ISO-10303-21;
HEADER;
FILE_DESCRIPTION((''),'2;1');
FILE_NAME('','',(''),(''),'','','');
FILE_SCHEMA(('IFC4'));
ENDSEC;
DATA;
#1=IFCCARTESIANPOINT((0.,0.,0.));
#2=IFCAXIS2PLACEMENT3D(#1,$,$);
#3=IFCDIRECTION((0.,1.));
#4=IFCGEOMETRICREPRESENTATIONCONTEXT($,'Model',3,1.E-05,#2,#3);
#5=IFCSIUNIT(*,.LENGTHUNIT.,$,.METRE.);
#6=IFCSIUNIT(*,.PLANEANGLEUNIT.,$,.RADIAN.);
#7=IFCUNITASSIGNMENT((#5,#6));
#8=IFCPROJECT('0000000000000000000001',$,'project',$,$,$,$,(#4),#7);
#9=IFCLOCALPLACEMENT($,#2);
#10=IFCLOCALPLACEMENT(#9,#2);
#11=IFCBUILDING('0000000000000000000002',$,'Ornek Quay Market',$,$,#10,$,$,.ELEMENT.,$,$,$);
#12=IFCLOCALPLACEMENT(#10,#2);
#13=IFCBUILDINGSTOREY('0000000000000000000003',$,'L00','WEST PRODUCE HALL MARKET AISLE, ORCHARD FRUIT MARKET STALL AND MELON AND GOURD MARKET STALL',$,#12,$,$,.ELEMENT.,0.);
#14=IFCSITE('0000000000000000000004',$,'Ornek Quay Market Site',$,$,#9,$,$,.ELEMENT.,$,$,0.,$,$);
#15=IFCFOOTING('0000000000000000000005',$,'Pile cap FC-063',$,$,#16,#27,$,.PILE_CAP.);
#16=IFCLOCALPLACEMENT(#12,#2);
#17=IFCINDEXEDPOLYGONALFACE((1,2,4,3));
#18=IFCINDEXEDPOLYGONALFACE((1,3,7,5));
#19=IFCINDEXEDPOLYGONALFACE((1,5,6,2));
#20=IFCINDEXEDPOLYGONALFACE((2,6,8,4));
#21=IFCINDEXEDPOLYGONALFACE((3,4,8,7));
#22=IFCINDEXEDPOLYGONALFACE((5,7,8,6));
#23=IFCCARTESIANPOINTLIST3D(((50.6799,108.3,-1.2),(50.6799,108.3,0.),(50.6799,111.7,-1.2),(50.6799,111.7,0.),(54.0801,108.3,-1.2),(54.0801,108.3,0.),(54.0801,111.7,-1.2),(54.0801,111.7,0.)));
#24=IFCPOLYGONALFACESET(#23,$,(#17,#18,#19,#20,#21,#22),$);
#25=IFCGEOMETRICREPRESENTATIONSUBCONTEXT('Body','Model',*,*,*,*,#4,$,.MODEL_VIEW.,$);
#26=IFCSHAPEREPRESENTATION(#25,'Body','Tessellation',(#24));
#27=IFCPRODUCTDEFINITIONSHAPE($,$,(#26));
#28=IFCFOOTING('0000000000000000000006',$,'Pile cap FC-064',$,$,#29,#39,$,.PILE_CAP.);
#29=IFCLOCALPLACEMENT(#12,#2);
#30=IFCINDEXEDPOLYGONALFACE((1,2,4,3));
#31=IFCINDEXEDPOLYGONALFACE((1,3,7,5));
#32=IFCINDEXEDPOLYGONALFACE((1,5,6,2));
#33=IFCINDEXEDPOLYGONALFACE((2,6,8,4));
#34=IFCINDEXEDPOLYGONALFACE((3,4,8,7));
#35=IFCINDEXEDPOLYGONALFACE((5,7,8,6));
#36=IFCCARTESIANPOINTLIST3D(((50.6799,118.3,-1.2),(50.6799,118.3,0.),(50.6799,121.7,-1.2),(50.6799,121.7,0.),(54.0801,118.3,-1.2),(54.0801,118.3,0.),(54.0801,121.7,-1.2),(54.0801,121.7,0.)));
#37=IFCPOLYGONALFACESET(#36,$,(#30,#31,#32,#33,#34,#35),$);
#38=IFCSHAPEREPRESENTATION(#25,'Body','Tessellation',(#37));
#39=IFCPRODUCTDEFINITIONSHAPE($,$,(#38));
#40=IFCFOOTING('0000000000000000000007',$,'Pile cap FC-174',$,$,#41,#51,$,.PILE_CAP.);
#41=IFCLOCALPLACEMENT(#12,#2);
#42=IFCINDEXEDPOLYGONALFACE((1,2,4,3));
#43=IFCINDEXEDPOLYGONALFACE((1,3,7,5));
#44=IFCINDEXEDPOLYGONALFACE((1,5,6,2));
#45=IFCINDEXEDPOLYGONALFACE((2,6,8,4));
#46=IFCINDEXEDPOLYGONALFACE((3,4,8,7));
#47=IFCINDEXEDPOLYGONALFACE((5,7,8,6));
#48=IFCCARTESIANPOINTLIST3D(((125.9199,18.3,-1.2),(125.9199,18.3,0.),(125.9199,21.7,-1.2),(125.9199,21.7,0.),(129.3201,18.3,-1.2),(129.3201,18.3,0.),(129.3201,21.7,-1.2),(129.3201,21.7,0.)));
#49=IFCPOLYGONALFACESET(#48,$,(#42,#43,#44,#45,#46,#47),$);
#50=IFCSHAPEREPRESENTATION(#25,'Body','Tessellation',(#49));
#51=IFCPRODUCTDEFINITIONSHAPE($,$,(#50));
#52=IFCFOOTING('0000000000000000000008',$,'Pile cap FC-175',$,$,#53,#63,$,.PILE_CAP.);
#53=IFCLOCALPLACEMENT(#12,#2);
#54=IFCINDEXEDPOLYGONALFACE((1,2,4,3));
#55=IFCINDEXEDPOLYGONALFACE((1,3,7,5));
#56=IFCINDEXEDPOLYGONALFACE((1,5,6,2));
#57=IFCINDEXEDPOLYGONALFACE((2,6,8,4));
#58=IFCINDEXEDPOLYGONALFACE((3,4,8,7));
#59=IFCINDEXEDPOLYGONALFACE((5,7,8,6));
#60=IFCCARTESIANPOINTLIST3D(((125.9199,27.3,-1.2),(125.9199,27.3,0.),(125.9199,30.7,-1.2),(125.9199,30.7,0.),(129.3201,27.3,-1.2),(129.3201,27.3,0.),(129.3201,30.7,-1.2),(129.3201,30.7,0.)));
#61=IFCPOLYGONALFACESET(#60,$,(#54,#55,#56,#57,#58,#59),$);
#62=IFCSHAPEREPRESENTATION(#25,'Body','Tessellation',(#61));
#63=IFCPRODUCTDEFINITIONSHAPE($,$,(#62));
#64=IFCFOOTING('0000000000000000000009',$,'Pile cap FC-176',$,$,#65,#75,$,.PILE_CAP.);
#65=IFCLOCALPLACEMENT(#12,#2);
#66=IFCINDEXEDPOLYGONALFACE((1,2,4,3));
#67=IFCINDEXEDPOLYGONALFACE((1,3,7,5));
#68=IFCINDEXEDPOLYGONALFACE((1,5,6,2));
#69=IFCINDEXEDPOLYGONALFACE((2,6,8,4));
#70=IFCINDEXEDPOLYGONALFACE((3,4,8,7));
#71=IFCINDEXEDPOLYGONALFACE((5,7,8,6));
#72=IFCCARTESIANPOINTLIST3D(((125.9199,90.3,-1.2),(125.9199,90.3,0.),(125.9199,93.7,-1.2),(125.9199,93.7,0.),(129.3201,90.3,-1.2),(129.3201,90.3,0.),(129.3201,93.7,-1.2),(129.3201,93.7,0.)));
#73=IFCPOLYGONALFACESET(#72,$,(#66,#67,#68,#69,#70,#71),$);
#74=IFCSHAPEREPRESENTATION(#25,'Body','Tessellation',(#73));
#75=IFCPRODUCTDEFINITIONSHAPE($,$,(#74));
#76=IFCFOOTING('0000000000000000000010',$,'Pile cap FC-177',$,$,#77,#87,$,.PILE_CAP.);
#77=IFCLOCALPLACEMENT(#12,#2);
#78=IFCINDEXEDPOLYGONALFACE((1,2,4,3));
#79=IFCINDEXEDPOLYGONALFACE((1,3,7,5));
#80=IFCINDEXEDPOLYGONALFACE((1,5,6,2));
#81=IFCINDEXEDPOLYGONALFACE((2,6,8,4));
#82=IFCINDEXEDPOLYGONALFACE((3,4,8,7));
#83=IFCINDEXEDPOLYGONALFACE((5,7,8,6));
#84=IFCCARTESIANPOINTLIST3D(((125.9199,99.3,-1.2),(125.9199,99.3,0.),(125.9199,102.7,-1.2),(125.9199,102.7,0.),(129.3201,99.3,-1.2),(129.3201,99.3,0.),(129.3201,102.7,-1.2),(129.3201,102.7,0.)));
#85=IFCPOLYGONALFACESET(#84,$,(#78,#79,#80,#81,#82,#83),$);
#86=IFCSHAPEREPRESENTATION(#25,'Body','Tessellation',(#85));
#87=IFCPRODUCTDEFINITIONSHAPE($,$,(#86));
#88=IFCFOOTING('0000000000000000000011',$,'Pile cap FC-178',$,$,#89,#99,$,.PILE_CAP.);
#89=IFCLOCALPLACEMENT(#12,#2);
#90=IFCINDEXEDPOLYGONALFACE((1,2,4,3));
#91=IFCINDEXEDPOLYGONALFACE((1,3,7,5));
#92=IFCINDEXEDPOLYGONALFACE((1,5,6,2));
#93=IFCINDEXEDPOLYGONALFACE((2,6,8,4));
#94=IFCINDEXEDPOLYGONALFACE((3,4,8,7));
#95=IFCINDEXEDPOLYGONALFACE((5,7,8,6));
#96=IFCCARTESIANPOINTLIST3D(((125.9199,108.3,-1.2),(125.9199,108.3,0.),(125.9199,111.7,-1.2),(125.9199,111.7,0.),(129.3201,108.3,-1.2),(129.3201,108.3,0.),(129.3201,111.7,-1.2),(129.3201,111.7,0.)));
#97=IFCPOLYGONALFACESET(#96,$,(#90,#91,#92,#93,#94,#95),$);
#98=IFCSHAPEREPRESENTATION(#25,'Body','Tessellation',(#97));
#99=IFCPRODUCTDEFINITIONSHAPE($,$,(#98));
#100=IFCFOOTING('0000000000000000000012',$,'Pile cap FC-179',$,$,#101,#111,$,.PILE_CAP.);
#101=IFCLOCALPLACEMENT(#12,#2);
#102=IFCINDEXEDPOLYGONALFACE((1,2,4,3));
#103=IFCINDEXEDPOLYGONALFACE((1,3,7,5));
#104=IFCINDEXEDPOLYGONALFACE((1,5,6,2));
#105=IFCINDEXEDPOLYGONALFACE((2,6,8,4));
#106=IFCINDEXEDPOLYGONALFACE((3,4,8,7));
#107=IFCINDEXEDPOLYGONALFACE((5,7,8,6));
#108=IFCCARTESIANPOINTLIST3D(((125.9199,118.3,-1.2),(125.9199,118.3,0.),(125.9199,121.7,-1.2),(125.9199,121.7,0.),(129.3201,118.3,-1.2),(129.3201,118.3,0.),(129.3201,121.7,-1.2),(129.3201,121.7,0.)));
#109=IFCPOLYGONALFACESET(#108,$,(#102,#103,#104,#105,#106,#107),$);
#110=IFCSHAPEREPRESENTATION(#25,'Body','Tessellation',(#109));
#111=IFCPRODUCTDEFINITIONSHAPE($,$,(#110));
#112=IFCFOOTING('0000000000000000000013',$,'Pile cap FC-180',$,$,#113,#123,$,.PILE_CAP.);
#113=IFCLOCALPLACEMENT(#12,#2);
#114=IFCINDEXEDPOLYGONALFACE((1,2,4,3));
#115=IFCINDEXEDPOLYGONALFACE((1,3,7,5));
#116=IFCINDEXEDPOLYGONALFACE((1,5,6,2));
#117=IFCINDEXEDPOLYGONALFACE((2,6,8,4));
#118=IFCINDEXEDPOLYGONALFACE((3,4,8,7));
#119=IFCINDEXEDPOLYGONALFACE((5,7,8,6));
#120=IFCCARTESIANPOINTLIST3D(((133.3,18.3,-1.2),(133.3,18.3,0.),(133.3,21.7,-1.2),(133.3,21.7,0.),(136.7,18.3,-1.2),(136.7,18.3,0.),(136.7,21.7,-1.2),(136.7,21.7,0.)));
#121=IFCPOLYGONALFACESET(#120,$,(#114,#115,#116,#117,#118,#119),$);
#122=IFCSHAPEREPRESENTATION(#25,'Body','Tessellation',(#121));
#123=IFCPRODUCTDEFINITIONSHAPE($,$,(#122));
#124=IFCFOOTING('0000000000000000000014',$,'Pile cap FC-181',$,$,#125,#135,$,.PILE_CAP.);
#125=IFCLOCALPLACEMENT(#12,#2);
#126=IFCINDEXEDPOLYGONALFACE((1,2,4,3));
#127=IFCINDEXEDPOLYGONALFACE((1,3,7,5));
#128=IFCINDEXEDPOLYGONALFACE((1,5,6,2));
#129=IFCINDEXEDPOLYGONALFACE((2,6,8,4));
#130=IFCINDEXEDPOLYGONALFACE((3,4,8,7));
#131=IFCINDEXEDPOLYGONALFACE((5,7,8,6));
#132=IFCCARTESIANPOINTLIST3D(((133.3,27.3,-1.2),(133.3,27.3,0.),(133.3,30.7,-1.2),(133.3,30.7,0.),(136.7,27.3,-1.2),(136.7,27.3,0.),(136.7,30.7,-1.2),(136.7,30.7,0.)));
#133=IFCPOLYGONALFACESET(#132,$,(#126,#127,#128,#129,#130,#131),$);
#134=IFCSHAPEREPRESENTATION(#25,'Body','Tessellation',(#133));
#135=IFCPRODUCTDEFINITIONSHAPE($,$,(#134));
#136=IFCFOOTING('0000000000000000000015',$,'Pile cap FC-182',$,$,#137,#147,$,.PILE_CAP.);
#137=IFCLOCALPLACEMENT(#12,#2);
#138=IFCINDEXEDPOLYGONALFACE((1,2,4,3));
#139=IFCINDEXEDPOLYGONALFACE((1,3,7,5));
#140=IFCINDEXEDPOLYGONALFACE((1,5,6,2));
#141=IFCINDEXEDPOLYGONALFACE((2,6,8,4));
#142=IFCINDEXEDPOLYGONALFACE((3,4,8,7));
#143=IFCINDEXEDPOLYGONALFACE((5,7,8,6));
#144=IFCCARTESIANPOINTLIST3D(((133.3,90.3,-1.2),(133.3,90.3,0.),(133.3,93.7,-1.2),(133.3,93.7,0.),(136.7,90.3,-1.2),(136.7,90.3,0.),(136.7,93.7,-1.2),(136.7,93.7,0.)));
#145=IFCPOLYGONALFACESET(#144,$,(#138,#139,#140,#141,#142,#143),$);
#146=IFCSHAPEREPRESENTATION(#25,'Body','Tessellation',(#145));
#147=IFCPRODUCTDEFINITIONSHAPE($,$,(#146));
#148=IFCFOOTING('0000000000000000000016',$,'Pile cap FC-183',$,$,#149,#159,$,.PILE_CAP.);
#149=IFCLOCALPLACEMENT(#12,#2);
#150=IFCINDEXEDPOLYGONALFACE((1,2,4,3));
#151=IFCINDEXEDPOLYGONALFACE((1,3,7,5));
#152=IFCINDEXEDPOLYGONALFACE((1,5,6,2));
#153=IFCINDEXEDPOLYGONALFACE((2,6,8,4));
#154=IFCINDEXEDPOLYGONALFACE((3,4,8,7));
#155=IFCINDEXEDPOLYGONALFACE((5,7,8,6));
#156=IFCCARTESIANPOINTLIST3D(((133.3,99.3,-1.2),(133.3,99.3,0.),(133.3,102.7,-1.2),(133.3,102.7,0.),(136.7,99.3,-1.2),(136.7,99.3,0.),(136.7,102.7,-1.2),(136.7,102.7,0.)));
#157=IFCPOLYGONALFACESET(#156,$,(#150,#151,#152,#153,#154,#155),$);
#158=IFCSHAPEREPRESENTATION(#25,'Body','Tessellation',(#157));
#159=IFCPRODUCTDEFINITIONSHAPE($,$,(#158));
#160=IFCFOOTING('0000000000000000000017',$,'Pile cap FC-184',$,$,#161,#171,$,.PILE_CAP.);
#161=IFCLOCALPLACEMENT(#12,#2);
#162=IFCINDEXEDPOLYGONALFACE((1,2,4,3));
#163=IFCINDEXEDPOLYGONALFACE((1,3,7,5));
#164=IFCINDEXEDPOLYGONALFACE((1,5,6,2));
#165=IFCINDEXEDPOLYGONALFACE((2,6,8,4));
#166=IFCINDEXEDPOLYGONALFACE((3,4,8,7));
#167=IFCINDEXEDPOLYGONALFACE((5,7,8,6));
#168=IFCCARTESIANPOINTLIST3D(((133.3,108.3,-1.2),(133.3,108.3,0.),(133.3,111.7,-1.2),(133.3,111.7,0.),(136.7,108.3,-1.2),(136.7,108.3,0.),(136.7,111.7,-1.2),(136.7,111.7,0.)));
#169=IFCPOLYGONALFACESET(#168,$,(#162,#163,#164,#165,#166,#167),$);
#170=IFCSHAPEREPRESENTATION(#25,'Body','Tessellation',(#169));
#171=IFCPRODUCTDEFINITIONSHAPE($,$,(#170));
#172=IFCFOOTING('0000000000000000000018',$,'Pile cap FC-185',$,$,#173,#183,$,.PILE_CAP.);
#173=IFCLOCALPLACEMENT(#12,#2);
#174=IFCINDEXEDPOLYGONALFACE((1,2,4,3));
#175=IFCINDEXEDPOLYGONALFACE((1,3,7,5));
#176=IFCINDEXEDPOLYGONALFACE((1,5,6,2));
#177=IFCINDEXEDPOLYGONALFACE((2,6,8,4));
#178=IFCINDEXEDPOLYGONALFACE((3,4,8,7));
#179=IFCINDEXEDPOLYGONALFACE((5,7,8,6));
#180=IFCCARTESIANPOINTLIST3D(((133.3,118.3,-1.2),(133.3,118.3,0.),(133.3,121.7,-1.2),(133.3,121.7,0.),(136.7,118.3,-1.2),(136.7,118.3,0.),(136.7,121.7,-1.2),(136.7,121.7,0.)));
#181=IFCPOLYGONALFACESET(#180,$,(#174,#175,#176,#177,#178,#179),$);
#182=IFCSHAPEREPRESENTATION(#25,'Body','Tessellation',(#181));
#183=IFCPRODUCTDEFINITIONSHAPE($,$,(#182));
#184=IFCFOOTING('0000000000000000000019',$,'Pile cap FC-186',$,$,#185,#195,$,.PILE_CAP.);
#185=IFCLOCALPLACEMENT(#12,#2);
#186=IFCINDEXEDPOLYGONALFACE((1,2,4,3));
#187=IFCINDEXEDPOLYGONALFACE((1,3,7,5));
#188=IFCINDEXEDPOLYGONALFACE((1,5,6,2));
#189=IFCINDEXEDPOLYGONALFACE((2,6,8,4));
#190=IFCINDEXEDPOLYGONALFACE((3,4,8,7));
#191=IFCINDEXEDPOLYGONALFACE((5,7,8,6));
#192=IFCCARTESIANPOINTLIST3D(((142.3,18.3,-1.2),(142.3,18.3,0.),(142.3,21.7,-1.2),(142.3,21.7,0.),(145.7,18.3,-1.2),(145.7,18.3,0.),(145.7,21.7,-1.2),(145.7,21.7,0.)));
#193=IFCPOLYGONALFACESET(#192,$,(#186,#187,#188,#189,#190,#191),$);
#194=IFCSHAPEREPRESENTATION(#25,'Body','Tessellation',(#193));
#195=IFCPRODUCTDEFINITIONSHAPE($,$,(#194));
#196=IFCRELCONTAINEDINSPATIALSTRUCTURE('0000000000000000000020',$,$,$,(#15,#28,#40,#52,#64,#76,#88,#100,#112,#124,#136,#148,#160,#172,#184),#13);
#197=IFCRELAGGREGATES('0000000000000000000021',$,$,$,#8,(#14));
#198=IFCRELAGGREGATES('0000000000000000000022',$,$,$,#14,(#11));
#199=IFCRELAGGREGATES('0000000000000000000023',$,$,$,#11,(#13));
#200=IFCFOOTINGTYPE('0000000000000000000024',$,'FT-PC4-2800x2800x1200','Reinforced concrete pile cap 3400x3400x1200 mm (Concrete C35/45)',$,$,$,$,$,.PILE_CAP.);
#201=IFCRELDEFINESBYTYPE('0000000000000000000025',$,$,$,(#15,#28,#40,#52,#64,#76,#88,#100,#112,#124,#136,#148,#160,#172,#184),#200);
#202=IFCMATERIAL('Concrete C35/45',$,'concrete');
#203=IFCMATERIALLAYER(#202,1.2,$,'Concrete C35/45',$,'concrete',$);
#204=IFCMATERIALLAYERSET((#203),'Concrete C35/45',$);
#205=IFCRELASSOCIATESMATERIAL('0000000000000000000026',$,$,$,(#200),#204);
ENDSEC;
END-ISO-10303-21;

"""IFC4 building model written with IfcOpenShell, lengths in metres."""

from ifc_helpers import new_model, si_unit, direction, frame, origin, place, context, subcontext, project, spatial, polyline, outline, extrude, material, layer, layer_set, type_object, element, save


model = new_model("IFC4")

# Units and contexts
model_context = context("Model", 3, precision=1e-05, world=origin(), true_north=direction((0.0, 1.0)))
body_context = subcontext(model_context, "Body", "Model", "MODEL_VIEW")
ifc_project = project(units=[si_unit("LENGTHUNIT", "METRE"), si_unit("PLANEANGLEUNIT", "RADIAN")], contexts=[model_context])

# Site, building, storey
site_placement = place(None, origin())
site = spatial("IfcSite", under=ifc_project, at=site_placement, Name="Ornek Quay Market Site", CompositionType="ELEMENT", RefElevation=0.0)
building_placement = place(site_placement, origin())
building = spatial("IfcBuilding", under=site, at=building_placement, Name="Ornek Quay Market", CompositionType="ELEMENT")
storey_placement = place(building_placement, origin())
storey = spatial("IfcBuildingStorey", under=building, at=storey_placement, Name="L00", Description="WEST PRODUCE HALL MARKET AISLE, ORCHARD FRUIT MARKET STALL AND MELON AND GOURD MARKET STALL", CompositionType="ELEMENT", Elevation=0.0)

# Footings
ifc_material = material(Name="Concrete C35/45", Category="concrete")
ifc_layer = layer(ifc_material, 1.2, Name="Concrete C35/45", Category="concrete")
ifc_layer_set = layer_set([ifc_layer], Name="Concrete C35/45")
footing_type = type_object("IfcFootingType", Name="FT-PC4-2800x2800x1200", Description="Reinforced concrete pile cap 3400x3400x1200 mm (Concrete C35/45)", PredefinedType="PILE_CAP", material=ifc_layer_set)
footing_1_placement = place(storey_placement, frame((0.0, 0.0, -1.2)))
element("IfcFooting", 1, at=footing_1_placement, inside=storey, type_object=footing_type, Name="Pile cap FC-063", PredefinedType="PILE_CAP", context=body_context, shape_type="SweptSolid", body=[
    extrude(outline(polyline([(50.6799, 108.3), (54.0801, 108.3), (54.0801, 111.7), (50.6799, 111.7), (50.6799, 108.3)])), origin(), (0.0, 0.0, 1.0), 1.2),
])
footing_2_placement = place(storey_placement, frame((0.0, 0.0, -1.2)))
element("IfcFooting", 2, at=footing_2_placement, inside=storey, type_object=footing_type, Name="Pile cap FC-064", PredefinedType="PILE_CAP", context=body_context, shape_type="SweptSolid", body=[
    extrude(outline(polyline([(50.6799, 118.3), (54.0801, 118.3), (54.0801, 121.7), (50.6799, 121.7), (50.6799, 118.3)])), origin(), (0.0, 0.0, 1.0), 1.2),
])
footing_3_placement = place(storey_placement, frame((0.0, 0.0, -1.2)))
element("IfcFooting", 3, at=footing_3_placement, inside=storey, type_object=footing_type, Name="Pile cap FC-174", PredefinedType="PILE_CAP", context=body_context, shape_type="SweptSolid", body=[
    extrude(outline(polyline([(125.9199, 18.3), (129.3201, 18.3), (129.3201, 21.7), (125.9199, 21.7), (125.9199, 18.3)])), origin(), (0.0, 0.0, 1.0), 1.2),
])
footing_4_placement = place(storey_placement, frame((0.0, 0.0, -1.2)))
element("IfcFooting", 4, at=footing_4_placement, inside=storey, type_object=footing_type, Name="Pile cap FC-175", PredefinedType="PILE_CAP", context=body_context, shape_type="SweptSolid", body=[
    extrude(outline(polyline([(125.9199, 27.3), (129.3201, 27.3), (129.3201, 30.7), (125.9199, 30.7), (125.9199, 27.3)])), origin(), (0.0, 0.0, 1.0), 1.2),
])
footing_5_placement = place(storey_placement, frame((0.0, 0.0, -1.2)))
element("IfcFooting", 5, at=footing_5_placement, inside=storey, type_object=footing_type, Name="Pile cap FC-176", PredefinedType="PILE_CAP", context=body_context, shape_type="SweptSolid", body=[
    extrude(outline(polyline([(125.9199, 90.3), (129.3201, 90.3), (129.3201, 93.7), (125.9199, 93.7), (125.9199, 90.3)])), origin(), (0.0, 0.0, 1.0), 1.2),
])
footing_6_placement = place(storey_placement, frame((0.0, 0.0, -1.2)))
element("IfcFooting", 6, at=footing_6_placement, inside=storey, type_object=footing_type, Name="Pile cap FC-177", PredefinedType="PILE_CAP", context=body_context, shape_type="SweptSolid", body=[
    extrude(outline(polyline([(125.9199, 99.3), (129.3201, 99.3), (129.3201, 102.7), (125.9199, 102.7), (125.9199, 99.3)])), origin(), (0.0, 0.0, 1.0), 1.2),
])
footing_7_placement = place(storey_placement, frame((0.0, 0.0, -1.2)))
element("IfcFooting", 7, at=footing_7_placement, inside=storey, type_object=footing_type, Name="Pile cap FC-178", PredefinedType="PILE_CAP", context=body_context, shape_type="SweptSolid", body=[
    extrude(outline(polyline([(125.9199, 108.3), (129.3201, 108.3), (129.3201, 111.7), (125.9199, 111.7), (125.9199, 108.3)])), origin(), (0.0, 0.0, 1.0), 1.2),
])
footing_8_placement = place(storey_placement, frame((0.0, 0.0, -1.2)))
element("IfcFooting", 8, at=footing_8_placement, inside=storey, type_object=footing_type, Name="Pile cap FC-179", PredefinedType="PILE_CAP", context=body_context, shape_type="SweptSolid", body=[
    extrude(outline(polyline([(125.9199, 118.3), (129.3201, 118.3), (129.3201, 121.7), (125.9199, 121.7), (125.9199, 118.3)])), origin(), (0.0, 0.0, 1.0), 1.2),
])
footing_9_placement = place(storey_placement, frame((0.0, 0.0, -1.2)))
element("IfcFooting", 9, at=footing_9_placement, inside=storey, type_object=footing_type, Name="Pile cap FC-180", PredefinedType="PILE_CAP", context=body_context, shape_type="SweptSolid", body=[
    extrude(outline(polyline([(133.3, 18.3), (136.7, 18.3), (136.7, 21.7), (133.3, 21.7), (133.3, 18.3)])), origin(), (0.0, 0.0, 1.0), 1.2),
])
footing_10_placement = place(storey_placement, frame((0.0, 0.0, -1.2)))
element("IfcFooting", 10, at=footing_10_placement, inside=storey, type_object=footing_type, Name="Pile cap FC-181", PredefinedType="PILE_CAP", context=body_context, shape_type="SweptSolid", body=[
    extrude(outline(polyline([(133.3, 27.3), (136.7, 27.3), (136.7, 30.7), (133.3, 30.7), (133.3, 27.3)])), origin(), (0.0, 0.0, 1.0), 1.2),
])
footing_11_placement = place(storey_placement, frame((0.0, 0.0, -1.2)))
element("IfcFooting", 11, at=footing_11_placement, inside=storey, type_object=footing_type, Name="Pile cap FC-182", PredefinedType="PILE_CAP", context=body_context, shape_type="SweptSolid", body=[
    extrude(outline(polyline([(133.3, 90.3), (136.7, 90.3), (136.7, 93.7), (133.3, 93.7), (133.3, 90.3)])), origin(), (0.0, 0.0, 1.0), 1.2),
])
footing_12_placement = place(storey_placement, frame((0.0, 0.0, -1.2)))
element("IfcFooting", 12, at=footing_12_placement, inside=storey, type_object=footing_type, Name="Pile cap FC-183", PredefinedType="PILE_CAP", context=body_context, shape_type="SweptSolid", body=[
    extrude(outline(polyline([(133.3, 99.3), (136.7, 99.3), (136.7, 102.7), (133.3, 102.7), (133.3, 99.3)])), origin(), (0.0, 0.0, 1.0), 1.2),
])
footing_13_placement = place(storey_placement, frame((0.0, 0.0, -1.2)))
element("IfcFooting", 13, at=footing_13_placement, inside=storey, type_object=footing_type, Name="Pile cap FC-184", PredefinedType="PILE_CAP", context=body_context, shape_type="SweptSolid", body=[
    extrude(outline(polyline([(133.3, 108.3), (136.7, 108.3), (136.7, 111.7), (133.3, 111.7), (133.3, 108.3)])), origin(), (0.0, 0.0, 1.0), 1.2),
])
footing_14_placement = place(storey_placement, frame((0.0, 0.0, -1.2)))
element("IfcFooting", 14, at=footing_14_placement, inside=storey, type_object=footing_type, Name="Pile cap FC-185", PredefinedType="PILE_CAP", context=body_context, shape_type="SweptSolid", body=[
    extrude(outline(polyline([(133.3, 118.3), (136.7, 118.3), (136.7, 121.7), (133.3, 121.7), (133.3, 118.3)])), origin(), (0.0, 0.0, 1.0), 1.2),
])
footing_15_placement = place(storey_placement, frame((0.0, 0.0, -1.2)))
element("IfcFooting", 15, at=footing_15_placement, inside=storey, type_object=footing_type, Name="Pile cap FC-186", PredefinedType="PILE_CAP", context=body_context, shape_type="SweptSolid", body=[
    extrude(outline(polyline([(142.3, 18.3), (145.7, 18.3), (145.7, 21.7), (142.3, 21.7), (142.3, 18.3)])), origin(), (0.0, 0.0, 1.0), 1.2),
])

save(model, "model.ifc")
